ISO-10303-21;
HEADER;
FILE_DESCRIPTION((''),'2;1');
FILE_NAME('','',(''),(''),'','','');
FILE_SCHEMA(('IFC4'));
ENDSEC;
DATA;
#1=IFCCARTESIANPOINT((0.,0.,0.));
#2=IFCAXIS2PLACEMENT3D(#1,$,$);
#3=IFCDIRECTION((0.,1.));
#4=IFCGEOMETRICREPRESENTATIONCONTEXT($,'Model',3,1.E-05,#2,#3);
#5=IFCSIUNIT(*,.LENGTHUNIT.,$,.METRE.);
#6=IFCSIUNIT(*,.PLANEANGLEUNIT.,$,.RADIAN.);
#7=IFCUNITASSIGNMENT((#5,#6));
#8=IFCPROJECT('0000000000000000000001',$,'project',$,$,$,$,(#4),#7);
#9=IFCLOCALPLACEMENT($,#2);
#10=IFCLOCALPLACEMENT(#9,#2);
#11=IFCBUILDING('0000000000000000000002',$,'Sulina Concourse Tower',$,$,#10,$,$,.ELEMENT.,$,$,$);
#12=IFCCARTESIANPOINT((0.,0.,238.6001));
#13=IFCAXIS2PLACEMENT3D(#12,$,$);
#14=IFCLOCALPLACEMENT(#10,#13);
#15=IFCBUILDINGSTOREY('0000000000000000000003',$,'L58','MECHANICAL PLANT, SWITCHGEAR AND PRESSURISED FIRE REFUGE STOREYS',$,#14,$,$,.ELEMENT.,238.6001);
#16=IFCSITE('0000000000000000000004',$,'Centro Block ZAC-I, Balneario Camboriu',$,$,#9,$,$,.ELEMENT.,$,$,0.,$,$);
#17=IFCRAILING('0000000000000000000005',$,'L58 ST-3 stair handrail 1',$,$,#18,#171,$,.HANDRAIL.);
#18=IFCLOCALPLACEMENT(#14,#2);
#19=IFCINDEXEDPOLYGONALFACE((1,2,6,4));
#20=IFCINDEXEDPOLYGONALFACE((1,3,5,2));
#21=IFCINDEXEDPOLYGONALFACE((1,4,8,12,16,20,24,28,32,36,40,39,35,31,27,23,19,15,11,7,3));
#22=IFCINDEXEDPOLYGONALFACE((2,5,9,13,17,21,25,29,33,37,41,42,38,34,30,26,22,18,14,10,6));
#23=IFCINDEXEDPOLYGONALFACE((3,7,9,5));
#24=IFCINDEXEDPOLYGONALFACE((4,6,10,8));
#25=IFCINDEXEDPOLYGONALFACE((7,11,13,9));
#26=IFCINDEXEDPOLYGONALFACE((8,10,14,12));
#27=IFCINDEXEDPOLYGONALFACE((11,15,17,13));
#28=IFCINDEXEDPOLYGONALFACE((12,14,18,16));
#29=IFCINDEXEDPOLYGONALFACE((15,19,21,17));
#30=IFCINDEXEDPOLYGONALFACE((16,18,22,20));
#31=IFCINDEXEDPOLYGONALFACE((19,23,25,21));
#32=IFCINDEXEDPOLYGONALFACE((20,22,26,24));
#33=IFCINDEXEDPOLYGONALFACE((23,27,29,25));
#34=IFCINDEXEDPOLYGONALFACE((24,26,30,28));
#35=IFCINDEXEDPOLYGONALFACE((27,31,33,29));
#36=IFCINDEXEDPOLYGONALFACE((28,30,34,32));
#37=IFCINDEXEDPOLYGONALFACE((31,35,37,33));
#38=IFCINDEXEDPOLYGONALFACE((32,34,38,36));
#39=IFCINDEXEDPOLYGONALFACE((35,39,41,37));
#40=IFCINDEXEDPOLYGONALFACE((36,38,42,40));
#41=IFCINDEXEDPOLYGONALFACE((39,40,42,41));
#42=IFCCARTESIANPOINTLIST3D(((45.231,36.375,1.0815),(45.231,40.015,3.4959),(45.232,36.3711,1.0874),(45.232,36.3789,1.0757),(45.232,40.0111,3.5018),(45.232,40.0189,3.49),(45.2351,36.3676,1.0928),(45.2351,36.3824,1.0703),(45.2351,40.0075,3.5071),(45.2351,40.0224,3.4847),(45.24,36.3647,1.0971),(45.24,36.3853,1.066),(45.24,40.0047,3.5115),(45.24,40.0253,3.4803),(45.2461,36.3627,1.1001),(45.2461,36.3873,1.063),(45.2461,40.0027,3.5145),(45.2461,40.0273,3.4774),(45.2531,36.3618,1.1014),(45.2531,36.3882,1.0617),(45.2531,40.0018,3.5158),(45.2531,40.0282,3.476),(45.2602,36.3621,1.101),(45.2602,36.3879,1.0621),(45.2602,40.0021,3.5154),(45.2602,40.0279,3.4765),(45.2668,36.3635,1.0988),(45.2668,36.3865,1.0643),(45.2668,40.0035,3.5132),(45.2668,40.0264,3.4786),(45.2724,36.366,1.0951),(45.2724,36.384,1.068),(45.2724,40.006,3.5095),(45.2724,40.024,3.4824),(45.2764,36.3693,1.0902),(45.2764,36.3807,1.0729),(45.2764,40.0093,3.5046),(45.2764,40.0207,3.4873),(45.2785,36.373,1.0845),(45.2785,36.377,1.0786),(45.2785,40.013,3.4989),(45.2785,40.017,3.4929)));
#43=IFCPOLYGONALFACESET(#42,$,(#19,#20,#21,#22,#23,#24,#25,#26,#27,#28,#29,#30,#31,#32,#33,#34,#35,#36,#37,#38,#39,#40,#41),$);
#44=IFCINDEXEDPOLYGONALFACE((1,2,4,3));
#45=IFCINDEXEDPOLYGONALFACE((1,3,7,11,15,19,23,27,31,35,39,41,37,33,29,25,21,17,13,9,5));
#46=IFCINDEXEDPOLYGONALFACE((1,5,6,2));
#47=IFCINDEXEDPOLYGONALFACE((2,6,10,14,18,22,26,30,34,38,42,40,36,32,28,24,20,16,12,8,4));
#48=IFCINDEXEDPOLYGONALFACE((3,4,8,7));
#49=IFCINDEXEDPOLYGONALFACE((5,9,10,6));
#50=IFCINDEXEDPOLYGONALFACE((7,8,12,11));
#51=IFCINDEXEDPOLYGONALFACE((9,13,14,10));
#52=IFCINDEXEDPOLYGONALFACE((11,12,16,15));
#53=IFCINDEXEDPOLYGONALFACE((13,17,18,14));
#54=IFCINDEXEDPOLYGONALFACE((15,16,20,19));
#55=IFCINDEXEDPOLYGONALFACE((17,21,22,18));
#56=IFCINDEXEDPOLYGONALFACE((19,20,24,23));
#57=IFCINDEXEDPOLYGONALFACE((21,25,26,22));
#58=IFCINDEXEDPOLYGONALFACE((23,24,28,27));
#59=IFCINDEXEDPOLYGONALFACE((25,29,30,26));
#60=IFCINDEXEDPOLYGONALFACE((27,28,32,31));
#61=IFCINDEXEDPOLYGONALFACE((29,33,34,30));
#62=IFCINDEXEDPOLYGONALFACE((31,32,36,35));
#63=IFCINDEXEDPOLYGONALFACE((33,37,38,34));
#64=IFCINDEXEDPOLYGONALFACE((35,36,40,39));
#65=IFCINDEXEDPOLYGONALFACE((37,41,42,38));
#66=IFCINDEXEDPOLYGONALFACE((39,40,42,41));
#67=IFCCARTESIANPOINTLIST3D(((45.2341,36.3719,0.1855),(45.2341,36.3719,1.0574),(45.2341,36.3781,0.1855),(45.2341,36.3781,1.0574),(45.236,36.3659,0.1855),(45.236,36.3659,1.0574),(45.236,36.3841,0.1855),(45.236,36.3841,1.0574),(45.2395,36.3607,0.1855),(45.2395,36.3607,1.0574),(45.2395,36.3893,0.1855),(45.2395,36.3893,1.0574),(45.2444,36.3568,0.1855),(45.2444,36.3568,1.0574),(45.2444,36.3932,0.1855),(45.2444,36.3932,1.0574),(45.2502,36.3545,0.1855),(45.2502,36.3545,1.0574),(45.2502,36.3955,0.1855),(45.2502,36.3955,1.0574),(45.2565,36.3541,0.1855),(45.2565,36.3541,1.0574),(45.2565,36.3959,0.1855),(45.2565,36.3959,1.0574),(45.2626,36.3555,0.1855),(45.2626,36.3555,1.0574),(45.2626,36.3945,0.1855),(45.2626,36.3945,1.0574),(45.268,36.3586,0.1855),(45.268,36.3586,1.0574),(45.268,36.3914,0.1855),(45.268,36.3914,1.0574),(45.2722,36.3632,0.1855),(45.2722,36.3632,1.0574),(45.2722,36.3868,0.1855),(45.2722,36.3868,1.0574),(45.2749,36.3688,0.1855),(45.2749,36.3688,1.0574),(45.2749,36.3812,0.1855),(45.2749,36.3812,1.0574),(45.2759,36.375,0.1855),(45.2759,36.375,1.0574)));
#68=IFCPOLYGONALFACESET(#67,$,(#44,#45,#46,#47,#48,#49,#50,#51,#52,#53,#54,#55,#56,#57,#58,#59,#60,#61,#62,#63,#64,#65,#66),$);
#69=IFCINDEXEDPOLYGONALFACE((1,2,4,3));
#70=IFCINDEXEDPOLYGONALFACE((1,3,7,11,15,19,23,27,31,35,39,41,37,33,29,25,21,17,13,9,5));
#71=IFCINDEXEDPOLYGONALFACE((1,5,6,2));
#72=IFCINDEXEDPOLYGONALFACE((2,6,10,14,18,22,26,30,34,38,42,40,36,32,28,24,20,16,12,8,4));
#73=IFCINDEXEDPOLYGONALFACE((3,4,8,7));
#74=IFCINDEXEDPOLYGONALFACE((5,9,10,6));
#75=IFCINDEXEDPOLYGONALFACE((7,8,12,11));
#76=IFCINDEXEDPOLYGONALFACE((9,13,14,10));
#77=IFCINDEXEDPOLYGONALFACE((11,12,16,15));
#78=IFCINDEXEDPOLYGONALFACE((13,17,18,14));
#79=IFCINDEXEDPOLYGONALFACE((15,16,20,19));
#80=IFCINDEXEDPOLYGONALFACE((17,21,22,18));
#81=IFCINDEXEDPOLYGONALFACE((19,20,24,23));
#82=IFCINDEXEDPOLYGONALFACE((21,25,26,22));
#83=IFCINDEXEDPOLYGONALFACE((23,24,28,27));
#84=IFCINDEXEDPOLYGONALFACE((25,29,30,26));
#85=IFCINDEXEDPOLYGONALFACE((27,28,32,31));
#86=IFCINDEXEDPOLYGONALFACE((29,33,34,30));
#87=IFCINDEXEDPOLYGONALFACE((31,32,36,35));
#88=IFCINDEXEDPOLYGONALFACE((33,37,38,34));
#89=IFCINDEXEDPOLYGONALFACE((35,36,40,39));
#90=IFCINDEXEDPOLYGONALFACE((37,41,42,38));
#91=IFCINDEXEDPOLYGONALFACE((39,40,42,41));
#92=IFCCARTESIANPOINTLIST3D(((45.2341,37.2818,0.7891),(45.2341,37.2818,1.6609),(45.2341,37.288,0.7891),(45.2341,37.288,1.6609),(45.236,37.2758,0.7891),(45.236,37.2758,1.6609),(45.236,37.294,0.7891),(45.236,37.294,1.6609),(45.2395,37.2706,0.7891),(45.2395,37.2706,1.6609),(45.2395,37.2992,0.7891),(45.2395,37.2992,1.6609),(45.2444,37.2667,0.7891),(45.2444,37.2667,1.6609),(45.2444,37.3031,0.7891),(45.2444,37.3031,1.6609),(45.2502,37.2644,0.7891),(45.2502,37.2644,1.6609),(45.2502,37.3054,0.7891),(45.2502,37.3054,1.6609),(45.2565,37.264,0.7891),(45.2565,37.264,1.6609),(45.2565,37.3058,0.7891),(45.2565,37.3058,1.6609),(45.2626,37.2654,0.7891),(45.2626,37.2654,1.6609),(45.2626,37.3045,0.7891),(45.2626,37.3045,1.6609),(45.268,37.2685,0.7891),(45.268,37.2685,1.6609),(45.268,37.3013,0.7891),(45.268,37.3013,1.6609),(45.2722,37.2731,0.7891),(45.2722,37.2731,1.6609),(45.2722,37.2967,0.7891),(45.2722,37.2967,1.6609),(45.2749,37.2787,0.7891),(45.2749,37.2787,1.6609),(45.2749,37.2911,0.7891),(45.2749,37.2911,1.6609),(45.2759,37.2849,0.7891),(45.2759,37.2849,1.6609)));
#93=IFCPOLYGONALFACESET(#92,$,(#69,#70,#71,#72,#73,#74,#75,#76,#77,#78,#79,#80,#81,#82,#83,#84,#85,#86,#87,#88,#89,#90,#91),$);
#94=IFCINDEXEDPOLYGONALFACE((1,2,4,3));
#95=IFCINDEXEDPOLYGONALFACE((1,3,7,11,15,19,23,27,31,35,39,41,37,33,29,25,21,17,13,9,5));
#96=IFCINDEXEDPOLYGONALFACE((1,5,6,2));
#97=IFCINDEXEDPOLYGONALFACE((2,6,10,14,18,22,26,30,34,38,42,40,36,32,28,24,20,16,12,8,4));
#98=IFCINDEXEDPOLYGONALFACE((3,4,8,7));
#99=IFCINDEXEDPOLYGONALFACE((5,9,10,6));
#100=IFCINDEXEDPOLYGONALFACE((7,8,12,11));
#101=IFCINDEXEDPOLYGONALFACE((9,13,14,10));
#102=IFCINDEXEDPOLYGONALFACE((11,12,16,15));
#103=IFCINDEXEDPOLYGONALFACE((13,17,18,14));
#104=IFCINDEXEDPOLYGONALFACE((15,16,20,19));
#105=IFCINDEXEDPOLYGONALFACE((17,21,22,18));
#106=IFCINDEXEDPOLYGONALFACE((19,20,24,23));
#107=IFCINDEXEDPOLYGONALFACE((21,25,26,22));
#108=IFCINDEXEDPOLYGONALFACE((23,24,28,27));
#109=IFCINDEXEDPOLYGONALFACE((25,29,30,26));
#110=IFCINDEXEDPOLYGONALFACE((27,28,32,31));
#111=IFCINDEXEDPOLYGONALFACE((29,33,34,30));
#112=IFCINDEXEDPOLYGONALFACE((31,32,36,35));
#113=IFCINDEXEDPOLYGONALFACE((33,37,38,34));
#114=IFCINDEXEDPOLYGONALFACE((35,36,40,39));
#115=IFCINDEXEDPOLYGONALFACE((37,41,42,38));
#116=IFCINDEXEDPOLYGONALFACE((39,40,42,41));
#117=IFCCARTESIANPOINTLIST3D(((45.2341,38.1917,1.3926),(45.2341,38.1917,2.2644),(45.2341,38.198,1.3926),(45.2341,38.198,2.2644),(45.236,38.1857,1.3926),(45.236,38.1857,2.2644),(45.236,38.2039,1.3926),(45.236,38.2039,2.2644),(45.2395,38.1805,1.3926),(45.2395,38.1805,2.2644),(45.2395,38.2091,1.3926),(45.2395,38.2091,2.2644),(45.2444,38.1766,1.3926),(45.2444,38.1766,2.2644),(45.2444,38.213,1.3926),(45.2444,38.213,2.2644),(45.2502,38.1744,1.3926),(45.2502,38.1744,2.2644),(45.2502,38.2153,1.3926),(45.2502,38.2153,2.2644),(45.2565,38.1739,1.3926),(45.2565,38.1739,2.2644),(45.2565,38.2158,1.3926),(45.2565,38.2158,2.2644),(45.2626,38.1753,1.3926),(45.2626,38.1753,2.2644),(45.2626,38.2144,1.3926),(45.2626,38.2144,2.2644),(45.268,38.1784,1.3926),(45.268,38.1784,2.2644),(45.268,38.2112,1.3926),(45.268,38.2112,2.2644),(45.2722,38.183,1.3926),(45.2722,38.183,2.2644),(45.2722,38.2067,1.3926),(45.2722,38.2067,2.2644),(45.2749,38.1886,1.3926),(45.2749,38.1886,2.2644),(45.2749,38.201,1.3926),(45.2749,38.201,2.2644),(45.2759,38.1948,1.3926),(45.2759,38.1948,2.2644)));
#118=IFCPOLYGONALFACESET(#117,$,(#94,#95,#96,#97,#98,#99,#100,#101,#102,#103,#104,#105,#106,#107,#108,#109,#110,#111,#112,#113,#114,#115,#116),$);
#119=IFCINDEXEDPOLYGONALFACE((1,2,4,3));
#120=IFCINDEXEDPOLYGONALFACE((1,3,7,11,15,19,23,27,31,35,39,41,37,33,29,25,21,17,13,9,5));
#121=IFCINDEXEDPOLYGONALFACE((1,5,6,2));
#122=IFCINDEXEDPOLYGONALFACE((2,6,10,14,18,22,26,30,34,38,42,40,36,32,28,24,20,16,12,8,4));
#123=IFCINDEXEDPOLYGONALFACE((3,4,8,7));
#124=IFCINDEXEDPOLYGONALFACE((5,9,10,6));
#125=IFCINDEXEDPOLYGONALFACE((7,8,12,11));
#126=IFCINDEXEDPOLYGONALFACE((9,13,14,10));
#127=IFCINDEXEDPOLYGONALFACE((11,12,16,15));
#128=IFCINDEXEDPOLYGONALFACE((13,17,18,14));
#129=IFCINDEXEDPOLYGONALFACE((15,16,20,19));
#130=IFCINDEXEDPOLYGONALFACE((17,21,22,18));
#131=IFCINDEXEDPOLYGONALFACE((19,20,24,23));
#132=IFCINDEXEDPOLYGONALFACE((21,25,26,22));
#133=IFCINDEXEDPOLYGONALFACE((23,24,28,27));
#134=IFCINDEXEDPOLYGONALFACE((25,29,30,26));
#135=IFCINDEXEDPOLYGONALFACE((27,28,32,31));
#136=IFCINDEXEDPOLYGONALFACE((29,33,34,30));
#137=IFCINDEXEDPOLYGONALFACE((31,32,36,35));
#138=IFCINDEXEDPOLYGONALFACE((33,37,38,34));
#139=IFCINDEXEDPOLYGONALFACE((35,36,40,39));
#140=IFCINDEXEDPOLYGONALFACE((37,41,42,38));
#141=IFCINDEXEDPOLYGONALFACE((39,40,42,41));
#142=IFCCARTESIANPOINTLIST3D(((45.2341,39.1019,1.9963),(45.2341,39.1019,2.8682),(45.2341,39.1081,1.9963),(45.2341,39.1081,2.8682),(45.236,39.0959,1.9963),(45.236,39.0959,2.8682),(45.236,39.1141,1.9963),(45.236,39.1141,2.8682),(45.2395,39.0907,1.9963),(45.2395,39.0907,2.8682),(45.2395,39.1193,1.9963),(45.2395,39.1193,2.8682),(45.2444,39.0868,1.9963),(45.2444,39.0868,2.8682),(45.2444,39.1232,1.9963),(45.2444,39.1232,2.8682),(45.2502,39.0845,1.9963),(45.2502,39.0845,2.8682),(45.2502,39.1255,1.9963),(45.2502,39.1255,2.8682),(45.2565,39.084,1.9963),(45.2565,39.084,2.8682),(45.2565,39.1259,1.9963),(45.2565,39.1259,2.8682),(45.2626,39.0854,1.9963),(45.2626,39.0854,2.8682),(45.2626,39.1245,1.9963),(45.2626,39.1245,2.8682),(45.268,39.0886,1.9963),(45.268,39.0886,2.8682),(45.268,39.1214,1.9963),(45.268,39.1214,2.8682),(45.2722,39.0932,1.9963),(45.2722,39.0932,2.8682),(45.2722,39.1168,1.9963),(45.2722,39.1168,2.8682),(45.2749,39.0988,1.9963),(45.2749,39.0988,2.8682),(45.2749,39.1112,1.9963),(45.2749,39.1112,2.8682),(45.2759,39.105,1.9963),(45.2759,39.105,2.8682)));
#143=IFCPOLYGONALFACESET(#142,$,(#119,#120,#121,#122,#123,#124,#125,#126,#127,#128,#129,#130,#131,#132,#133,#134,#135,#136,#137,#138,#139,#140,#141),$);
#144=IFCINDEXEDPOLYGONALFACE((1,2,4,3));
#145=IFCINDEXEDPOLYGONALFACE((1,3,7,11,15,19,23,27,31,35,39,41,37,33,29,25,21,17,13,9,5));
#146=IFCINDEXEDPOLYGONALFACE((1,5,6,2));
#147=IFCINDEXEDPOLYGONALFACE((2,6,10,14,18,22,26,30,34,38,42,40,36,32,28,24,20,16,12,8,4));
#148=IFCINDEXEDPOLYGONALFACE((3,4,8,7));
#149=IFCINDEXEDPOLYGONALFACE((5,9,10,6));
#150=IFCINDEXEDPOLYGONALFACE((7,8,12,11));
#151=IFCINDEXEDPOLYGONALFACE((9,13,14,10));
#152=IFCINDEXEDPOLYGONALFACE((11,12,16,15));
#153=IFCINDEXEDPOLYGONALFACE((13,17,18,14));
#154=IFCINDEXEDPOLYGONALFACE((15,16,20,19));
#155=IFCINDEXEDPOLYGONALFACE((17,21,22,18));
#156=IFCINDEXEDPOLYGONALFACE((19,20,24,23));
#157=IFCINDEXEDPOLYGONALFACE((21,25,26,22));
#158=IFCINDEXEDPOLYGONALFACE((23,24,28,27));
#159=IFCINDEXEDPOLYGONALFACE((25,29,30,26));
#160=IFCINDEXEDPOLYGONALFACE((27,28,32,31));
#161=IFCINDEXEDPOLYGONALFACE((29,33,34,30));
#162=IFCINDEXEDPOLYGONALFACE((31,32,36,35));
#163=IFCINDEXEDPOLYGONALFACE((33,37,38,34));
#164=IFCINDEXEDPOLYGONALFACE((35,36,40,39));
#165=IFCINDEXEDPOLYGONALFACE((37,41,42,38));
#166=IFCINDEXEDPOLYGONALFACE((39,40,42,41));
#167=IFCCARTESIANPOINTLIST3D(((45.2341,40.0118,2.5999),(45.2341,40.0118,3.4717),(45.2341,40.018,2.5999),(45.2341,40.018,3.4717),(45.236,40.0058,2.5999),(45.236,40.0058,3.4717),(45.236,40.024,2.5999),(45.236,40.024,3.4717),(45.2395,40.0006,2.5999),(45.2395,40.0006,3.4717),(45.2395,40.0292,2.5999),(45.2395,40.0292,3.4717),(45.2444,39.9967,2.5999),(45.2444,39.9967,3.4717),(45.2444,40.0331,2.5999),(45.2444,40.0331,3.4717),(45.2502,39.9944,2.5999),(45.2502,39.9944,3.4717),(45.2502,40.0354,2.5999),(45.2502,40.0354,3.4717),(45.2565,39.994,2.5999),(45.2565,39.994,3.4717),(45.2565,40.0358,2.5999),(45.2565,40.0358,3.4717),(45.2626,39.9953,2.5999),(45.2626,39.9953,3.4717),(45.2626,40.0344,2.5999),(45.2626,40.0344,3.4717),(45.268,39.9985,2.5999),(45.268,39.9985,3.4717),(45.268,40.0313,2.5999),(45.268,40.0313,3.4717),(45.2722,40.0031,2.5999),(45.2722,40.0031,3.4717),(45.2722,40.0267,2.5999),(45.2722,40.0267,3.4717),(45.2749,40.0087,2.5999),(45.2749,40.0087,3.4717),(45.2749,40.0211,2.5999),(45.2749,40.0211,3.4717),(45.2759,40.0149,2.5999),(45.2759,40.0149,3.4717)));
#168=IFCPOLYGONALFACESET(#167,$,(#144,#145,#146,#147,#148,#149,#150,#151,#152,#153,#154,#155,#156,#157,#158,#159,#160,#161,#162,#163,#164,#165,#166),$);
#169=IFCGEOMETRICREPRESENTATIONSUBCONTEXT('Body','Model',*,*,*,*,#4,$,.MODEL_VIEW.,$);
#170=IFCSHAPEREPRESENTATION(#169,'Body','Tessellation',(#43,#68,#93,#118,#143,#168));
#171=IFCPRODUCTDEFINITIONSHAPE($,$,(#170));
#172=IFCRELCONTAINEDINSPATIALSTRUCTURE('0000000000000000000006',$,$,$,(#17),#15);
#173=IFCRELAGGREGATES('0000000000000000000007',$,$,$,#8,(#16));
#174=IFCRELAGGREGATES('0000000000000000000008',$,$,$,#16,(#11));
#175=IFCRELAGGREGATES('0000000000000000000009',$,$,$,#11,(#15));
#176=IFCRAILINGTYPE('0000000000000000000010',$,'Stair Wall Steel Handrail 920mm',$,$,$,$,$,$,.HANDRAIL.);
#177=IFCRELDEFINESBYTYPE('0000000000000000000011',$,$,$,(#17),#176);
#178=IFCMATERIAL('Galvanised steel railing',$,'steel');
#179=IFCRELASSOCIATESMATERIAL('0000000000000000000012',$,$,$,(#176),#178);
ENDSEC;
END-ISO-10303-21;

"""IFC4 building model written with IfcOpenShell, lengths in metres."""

from ifc_helpers import new_model, si_unit, direction, frame, origin, origin_2d, place, context, subcontext, project, spatial, circle, extrude, material, type_object, element, save


model = new_model("IFC4")

# Units and contexts
model_context = context("Model", 3, precision=1e-05, world=origin(), true_north=direction((0.0, 1.0)))
body_context = subcontext(model_context, "Body", "Model", "MODEL_VIEW")
ifc_project = project(units=[si_unit("LENGTHUNIT", "METRE"), si_unit("PLANEANGLEUNIT", "RADIAN")], contexts=[model_context])

# Site, building, storey
site_placement = place(None, origin())
site = spatial("IfcSite", under=ifc_project, at=site_placement, Name="Centro Block ZAC-I, Balneario Camboriu", CompositionType="ELEMENT", RefElevation=0.0)
building_placement = place(site_placement, origin())
building = spatial("IfcBuilding", under=site, at=building_placement, Name="Sulina Concourse Tower", CompositionType="ELEMENT")
storey_placement = place(building_placement, frame((0.0, 0.0, 238.6001)))
storey = spatial("IfcBuildingStorey", under=building, at=storey_placement, Name="L58", Description="MECHANICAL PLANT, SWITCHGEAR AND PRESSURISED FIRE REFUGE STOREYS", CompositionType="ELEMENT", Elevation=238.6001)

# Railing
ifc_material_1 = material(Name="Galvanised steel railing", Category="steel")
railing_type_1 = type_object("IfcRailingType", Name="Stair Wall Steel Handrail 920mm", PredefinedType="HANDRAIL", material=ifc_material_1)
railing_1_placement = place(storey_placement, frame((45.2549, 36.375, 0.1855)))
element("IfcRailing", 1, at=railing_1_placement, inside=storey, type_object=railing_type_1, Name="L58 ST-3 stair handrail 1", PredefinedType="HANDRAIL", context=body_context, shape_type="SweptSolid", body=[
    extrude(circle(Radius=0.0239, at=origin_2d()), frame((0.0, 0.0, 0.896), z_axis=(0.0, 0.833347, 0.552751), x_axis=(-1.0, 0.0, 0.0)), (0.0, 0.0, 1.0), 4.3679),
    extrude(circle(Radius=0.021, at=origin_2d()), origin(), (0.0, 0.0, 1.0), 0.8718),
    extrude(circle(Radius=0.021, at=origin_2d()), frame((0.0, 0.9099, 0.6035)), (0.0, 0.0, 1.0), 0.8718),
    extrude(circle(Radius=0.021, at=origin_2d()), frame((0.0, 1.8198, 1.207)), (0.0, 0.0, 1.0), 0.8718),
    extrude(circle(Radius=0.021, at=origin_2d()), frame((0.0, 2.73, 1.8108)), (0.0, 0.0, 1.0), 0.8718),
    extrude(circle(Radius=0.021, at=origin_2d()), frame((0.0, 3.6399, 2.4143)), (0.0, 0.0, 1.0), 0.8718),
])

save(model, "model.ifc")
